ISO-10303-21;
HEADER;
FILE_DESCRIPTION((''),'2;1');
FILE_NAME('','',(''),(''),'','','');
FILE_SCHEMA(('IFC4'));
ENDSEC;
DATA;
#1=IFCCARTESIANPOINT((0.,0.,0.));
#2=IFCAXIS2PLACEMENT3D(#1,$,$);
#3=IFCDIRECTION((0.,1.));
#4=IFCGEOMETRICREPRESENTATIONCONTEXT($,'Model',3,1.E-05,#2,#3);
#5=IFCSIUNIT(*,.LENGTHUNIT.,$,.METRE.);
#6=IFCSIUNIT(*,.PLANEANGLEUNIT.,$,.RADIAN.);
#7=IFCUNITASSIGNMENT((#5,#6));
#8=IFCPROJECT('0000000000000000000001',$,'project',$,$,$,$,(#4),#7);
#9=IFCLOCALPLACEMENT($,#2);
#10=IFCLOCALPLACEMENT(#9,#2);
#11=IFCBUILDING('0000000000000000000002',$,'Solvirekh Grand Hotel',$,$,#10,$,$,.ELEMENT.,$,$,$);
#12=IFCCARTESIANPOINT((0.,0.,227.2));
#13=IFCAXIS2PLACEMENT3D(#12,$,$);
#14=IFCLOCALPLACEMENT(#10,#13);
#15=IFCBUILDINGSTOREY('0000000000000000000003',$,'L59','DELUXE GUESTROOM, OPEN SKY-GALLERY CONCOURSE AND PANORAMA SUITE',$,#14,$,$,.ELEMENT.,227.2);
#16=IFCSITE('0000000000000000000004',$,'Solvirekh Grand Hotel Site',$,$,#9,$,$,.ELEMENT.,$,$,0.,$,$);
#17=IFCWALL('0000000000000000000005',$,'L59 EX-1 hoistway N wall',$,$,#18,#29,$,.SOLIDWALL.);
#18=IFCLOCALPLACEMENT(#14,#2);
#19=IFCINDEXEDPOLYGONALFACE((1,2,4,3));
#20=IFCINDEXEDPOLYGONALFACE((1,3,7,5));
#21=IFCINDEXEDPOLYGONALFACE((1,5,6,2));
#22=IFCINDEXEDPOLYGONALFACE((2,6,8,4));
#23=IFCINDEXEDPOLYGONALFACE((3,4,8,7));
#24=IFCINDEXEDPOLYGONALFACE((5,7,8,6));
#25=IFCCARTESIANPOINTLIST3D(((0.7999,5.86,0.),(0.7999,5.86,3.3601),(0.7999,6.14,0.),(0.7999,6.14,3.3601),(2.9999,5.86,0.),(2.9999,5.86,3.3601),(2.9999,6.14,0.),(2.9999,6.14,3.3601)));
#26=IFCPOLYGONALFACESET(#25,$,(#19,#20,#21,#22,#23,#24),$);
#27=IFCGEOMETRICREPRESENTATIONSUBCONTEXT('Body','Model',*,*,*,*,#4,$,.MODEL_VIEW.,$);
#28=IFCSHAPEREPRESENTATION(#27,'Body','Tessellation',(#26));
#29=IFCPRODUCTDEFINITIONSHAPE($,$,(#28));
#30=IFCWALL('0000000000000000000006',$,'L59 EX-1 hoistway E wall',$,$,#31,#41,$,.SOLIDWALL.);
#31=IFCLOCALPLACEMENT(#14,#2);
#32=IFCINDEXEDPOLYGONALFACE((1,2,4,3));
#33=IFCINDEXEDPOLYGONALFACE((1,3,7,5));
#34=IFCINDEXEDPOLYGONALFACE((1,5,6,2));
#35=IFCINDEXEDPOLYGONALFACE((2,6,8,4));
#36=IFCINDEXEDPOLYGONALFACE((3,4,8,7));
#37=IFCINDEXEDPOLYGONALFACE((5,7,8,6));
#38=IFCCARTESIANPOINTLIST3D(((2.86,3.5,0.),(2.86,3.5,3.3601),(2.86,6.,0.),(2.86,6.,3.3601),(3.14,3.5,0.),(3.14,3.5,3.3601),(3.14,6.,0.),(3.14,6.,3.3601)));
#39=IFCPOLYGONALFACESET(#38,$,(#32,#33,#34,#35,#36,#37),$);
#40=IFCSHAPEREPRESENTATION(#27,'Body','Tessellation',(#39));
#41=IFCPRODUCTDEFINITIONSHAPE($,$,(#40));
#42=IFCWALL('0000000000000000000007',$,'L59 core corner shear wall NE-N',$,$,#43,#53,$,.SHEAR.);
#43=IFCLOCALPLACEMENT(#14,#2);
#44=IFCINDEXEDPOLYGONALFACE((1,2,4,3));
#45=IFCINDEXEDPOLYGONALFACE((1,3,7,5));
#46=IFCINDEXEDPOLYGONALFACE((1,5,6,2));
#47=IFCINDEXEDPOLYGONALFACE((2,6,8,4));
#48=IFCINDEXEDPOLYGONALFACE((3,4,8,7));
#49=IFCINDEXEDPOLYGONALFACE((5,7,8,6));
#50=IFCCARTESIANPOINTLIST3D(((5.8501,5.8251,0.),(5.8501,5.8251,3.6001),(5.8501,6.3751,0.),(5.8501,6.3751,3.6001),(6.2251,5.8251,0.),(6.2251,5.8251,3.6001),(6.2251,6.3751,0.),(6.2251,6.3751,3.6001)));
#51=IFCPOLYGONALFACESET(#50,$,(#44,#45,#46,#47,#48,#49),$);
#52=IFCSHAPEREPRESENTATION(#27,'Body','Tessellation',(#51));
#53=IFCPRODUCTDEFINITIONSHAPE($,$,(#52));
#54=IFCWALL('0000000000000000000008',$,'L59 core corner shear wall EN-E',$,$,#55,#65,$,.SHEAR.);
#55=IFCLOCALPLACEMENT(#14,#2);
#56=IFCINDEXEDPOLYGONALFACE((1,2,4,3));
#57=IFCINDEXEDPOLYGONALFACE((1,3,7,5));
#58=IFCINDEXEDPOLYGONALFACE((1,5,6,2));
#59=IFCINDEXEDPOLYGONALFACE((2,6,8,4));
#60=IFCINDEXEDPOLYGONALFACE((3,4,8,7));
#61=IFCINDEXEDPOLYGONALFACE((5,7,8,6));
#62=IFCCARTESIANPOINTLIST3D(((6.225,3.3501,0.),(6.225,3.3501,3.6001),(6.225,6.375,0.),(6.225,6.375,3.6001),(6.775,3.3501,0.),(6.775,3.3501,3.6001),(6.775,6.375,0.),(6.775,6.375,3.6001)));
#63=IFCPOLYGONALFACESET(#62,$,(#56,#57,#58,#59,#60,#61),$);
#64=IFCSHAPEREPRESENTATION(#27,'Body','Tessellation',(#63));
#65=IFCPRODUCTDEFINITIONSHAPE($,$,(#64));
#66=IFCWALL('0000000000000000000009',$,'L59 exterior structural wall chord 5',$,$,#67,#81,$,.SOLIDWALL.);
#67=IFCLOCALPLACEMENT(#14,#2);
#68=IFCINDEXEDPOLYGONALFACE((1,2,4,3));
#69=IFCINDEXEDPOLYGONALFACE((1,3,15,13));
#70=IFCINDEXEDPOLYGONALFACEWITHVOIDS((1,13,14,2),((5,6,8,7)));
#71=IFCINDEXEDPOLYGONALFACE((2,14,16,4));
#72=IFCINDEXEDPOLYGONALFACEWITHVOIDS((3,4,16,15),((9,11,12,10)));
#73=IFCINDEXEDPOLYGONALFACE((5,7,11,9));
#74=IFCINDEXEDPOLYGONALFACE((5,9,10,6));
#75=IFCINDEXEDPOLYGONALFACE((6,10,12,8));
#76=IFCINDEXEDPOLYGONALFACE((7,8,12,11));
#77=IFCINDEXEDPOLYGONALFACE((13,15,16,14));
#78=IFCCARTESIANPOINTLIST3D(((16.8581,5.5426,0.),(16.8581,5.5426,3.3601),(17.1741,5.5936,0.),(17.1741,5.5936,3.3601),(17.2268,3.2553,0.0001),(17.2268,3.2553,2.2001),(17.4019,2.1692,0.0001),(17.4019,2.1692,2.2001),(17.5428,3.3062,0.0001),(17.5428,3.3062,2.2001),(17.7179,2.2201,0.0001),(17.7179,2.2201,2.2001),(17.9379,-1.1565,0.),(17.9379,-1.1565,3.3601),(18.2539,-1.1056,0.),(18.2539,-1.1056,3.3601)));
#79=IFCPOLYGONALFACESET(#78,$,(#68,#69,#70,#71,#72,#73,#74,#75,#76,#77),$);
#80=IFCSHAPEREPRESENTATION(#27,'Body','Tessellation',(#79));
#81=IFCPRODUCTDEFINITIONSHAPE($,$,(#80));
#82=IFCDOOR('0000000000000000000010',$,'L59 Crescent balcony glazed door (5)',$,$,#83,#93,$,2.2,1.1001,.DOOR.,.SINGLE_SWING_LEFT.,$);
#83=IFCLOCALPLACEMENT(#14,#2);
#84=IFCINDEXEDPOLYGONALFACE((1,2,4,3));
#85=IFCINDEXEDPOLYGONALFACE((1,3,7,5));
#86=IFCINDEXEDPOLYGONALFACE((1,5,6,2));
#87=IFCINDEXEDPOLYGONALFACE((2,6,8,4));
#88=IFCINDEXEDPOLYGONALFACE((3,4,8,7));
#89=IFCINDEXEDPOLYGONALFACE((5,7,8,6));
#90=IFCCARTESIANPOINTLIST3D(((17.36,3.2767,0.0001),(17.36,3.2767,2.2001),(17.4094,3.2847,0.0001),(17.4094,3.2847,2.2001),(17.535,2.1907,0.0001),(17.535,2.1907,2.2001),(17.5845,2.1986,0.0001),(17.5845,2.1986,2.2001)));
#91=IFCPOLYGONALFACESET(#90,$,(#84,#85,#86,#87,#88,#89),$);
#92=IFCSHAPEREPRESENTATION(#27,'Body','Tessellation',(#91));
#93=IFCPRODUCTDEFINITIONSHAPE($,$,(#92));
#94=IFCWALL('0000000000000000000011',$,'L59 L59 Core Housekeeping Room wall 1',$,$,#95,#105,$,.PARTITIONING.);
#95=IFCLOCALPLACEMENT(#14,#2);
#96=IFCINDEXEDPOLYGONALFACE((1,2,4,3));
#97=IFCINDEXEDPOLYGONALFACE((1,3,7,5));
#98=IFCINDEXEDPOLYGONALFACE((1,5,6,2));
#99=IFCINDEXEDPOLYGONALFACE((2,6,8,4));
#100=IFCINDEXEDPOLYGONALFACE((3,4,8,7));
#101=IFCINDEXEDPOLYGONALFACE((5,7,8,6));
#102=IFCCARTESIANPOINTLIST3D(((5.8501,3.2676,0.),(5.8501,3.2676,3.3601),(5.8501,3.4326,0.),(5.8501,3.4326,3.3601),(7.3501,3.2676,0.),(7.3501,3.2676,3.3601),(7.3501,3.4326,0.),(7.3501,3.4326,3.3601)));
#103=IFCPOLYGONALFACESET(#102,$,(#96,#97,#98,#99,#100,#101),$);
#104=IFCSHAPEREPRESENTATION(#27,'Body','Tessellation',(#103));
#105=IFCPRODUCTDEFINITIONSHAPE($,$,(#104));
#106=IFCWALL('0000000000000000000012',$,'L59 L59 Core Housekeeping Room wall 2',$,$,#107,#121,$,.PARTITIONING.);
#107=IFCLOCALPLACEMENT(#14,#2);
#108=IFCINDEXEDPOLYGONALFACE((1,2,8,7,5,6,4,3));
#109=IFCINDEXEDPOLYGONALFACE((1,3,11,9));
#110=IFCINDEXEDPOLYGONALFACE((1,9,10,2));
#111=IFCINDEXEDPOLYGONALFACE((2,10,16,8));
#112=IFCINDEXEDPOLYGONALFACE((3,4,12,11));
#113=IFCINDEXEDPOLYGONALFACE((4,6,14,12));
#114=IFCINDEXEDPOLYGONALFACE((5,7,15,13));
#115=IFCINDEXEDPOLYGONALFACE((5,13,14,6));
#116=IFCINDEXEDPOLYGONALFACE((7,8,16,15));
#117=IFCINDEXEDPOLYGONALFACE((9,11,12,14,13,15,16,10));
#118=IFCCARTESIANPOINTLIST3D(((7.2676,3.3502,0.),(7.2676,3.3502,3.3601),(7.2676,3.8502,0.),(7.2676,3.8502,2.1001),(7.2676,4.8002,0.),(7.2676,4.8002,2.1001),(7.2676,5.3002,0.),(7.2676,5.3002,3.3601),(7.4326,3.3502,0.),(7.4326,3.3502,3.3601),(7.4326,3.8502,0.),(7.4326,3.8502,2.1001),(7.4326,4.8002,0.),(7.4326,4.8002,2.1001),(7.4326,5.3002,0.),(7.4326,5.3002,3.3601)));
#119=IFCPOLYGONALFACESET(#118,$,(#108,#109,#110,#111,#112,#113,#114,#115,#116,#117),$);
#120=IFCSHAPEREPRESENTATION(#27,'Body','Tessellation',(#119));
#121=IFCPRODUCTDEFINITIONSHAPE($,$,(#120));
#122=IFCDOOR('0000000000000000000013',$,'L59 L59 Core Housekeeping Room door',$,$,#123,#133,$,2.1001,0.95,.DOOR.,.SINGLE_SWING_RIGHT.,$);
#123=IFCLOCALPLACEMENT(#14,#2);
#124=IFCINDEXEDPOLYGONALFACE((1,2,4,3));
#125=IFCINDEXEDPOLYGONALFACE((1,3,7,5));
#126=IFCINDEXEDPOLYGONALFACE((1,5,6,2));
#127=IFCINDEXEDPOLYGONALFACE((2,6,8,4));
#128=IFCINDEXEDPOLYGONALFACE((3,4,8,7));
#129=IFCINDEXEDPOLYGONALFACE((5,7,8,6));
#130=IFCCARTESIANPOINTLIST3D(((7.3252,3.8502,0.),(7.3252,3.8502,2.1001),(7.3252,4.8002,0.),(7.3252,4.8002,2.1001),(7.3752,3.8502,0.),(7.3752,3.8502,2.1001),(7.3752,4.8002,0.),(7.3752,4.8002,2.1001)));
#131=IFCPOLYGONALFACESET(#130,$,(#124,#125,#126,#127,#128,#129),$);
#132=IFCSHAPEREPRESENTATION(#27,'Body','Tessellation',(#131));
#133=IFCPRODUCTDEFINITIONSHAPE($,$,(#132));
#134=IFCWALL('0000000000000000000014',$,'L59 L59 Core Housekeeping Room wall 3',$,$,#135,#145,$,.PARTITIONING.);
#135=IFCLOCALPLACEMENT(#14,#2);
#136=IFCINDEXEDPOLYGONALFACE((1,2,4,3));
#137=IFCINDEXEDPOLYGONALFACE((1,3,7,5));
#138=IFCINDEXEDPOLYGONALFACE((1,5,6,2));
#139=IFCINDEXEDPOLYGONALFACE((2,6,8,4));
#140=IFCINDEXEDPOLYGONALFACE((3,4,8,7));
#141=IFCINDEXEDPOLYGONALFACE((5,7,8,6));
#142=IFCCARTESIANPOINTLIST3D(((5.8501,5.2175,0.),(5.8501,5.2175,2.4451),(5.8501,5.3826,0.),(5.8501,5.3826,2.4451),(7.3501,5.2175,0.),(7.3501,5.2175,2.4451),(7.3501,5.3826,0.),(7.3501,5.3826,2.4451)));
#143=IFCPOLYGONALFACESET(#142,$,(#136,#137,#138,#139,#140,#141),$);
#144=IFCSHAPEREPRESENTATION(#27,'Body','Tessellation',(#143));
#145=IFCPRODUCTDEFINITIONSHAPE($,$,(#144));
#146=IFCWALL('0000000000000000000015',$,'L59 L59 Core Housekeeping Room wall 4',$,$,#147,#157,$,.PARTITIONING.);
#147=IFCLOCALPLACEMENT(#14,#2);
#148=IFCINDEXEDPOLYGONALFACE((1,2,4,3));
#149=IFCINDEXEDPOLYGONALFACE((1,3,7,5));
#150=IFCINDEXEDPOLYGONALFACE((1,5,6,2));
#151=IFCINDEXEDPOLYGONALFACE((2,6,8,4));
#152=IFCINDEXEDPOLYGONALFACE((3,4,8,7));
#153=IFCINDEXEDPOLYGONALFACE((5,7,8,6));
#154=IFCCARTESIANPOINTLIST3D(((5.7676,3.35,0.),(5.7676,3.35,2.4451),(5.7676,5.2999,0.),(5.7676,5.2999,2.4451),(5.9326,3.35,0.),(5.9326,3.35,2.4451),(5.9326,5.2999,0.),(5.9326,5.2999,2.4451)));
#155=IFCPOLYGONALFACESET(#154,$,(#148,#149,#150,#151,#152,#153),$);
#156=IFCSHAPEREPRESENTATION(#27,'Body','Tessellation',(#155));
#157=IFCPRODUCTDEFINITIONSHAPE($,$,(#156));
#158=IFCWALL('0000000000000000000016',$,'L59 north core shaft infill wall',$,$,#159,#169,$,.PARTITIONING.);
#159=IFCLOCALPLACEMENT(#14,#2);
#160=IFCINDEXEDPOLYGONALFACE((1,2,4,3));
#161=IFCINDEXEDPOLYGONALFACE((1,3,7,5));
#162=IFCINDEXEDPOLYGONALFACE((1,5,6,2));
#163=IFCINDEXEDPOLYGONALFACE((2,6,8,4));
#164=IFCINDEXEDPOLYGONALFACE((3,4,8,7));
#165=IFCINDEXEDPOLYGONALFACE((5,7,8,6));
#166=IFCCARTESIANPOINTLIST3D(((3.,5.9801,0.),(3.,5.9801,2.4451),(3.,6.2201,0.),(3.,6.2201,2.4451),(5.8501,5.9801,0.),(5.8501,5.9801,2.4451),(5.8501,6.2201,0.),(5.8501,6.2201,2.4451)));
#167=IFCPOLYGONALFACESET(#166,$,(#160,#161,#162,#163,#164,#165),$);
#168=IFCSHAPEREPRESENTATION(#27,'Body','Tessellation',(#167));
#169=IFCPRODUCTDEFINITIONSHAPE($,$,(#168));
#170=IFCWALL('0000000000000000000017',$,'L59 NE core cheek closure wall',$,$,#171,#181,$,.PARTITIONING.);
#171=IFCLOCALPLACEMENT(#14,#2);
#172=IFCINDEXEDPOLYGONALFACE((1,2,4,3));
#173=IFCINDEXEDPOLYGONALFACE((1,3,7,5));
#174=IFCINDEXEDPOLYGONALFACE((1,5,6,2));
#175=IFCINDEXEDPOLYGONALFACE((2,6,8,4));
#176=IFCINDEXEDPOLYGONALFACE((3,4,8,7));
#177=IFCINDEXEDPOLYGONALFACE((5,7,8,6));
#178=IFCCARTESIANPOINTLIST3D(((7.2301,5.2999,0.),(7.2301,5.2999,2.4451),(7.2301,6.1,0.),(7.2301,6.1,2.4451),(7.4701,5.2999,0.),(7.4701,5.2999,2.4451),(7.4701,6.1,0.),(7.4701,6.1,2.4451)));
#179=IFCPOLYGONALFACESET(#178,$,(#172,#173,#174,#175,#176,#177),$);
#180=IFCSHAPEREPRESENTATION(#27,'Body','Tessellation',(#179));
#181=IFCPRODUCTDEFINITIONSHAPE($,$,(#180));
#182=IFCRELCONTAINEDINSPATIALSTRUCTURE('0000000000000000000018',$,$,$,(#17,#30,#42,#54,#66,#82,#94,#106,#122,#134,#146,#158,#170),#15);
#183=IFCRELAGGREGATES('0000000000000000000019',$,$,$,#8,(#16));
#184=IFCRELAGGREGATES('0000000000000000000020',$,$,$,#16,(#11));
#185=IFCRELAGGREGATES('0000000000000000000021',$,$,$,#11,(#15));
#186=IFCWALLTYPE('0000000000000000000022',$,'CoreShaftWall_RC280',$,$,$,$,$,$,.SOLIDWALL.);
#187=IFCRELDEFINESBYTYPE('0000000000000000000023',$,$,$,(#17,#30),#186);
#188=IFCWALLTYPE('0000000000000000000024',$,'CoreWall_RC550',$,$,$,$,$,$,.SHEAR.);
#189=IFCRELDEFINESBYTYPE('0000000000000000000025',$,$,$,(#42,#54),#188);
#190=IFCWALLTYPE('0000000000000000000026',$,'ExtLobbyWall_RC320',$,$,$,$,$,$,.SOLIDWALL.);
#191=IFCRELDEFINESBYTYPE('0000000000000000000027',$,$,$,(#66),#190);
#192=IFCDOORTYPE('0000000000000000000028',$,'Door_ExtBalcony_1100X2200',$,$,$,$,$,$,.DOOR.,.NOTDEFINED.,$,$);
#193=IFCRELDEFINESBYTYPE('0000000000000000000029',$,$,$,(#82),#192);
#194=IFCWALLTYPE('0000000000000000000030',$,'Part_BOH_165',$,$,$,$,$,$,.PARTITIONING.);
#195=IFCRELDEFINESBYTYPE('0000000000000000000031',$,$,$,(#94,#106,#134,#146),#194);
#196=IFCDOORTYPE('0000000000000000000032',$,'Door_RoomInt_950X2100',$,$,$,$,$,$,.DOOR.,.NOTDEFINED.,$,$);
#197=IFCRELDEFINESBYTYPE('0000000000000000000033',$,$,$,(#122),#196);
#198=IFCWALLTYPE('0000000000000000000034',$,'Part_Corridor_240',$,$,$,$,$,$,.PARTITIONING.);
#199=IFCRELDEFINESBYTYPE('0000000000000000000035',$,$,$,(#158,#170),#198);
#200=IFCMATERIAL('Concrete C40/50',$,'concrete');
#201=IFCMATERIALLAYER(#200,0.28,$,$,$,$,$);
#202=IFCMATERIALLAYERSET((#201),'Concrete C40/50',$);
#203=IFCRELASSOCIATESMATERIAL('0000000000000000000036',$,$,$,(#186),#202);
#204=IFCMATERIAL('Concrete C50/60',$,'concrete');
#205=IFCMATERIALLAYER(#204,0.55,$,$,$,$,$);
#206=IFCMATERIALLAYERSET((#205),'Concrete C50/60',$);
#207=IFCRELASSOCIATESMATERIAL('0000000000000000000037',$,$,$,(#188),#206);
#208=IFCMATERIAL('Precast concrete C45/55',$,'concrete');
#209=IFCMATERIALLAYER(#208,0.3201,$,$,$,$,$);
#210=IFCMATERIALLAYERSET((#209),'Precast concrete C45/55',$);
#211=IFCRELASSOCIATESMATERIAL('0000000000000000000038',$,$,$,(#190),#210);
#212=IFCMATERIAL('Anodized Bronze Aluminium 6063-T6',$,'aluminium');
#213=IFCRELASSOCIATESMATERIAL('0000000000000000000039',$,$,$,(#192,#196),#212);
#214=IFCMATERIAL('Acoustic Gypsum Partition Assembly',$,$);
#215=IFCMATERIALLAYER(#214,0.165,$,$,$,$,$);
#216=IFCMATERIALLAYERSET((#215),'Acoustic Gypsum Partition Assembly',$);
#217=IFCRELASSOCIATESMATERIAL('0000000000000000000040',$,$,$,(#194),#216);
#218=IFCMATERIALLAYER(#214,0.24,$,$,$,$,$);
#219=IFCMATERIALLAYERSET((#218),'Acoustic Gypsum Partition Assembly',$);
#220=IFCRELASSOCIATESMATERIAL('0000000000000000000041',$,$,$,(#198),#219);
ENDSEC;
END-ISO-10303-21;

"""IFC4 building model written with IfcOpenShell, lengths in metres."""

from ifc_helpers import new_model, si_unit, direction, frame, frame_2d, origin, place, context, subcontext, project, spatial, rectangle, extrude, material, layer, layer_set, type_object, element, fill, save


model = new_model("IFC4")

# Units and contexts
model_context = context("Model", 3, precision=1e-05, world=origin(), true_north=direction((0.0, 1.0)))
body_context = subcontext(model_context, "Body", "Model", "MODEL_VIEW")
ifc_project = project(units=[si_unit("LENGTHUNIT", "METRE"), si_unit("PLANEANGLEUNIT", "RADIAN")], contexts=[model_context])

# Site, building, storey
site_placement = place(None, origin())
site = spatial("IfcSite", under=ifc_project, at=site_placement, Name="Solvirekh Grand Hotel Site", CompositionType="ELEMENT", RefElevation=0.0)
building_placement = place(site_placement, origin())
building = spatial("IfcBuilding", under=site, at=building_placement, Name="Solvirekh Grand Hotel", CompositionType="ELEMENT")
storey_placement = place(building_placement, frame((0.0, 0.0, 227.2)))
storey = spatial("IfcBuildingStorey", under=building, at=storey_placement, Name="L59", Description="DELUXE GUESTROOM, OPEN SKY-GALLERY CONCOURSE AND PANORAMA SUITE", CompositionType="ELEMENT", Elevation=227.2)

# Walls
ifc_material_1 = material(Name="Concrete C40/50", Category="concrete")
ifc_layer_1 = layer(ifc_material_1, 0.28)
ifc_layer_set_1 = layer_set([ifc_layer_1], Name="Concrete C40/50")
wall_type_1 = type_object("IfcWallType", Name="CoreShaftWall_RC280", PredefinedType="SOLIDWALL", material=ifc_layer_set_1)
wall_1_placement = place(storey_placement, frame((3.0, 6.0, 0.0), z_axis=(0.0, 0.0, 1.0), x_axis=(-1.0, 0.0, 0.0)))
element("IfcWall", 1, at=wall_1_placement, inside=storey, type_object=wall_type_1, Name="L59 EX-1 hoistway N wall", PredefinedType="SOLIDWALL", context=body_context, shape_type="SweptSolid", body=[
    extrude(rectangle(XDim=2.2, YDim=0.28, at=frame_2d((1.1001, 0.0))), origin(), (0.0, 0.0, 1.0), 3.3601),
])
wall_2_placement = place(storey_placement, frame((3.0, 3.5, 0.0), z_axis=(0.0, 0.0, 1.0), x_axis=(0.0, 1.0, 0.0)))
element("IfcWall", 2, at=wall_2_placement, inside=storey, type_object=wall_type_1, Name="L59 EX-1 hoistway E wall", PredefinedType="SOLIDWALL", context=body_context, shape_type="SweptSolid", body=[
    extrude(rectangle(XDim=2.5, YDim=0.28, at=frame_2d((1.25, 0.0))), origin(), (0.0, 0.0, 1.0), 3.3601),
])
ifc_material_2 = material(Name="Concrete C50/60", Category="concrete")
ifc_layer_2 = layer(ifc_material_2, 0.55)
ifc_layer_set_2 = layer_set([ifc_layer_2], Name="Concrete C50/60")
wall_type_2 = type_object("IfcWallType", Name="CoreWall_RC550", PredefinedType="SHEAR", material=ifc_layer_set_2)
wall_3_placement = place(storey_placement, frame((5.8501, 6.1001, 0.0), z_axis=(0.0, 0.0, 1.0), x_axis=(1.0, 0.0, 0.0)))
element("IfcWall", 3, at=wall_3_placement, inside=storey, type_object=wall_type_2, Name="L59 core corner shear wall NE-N", PredefinedType="SHEAR", context=body_context, shape_type="SweptSolid", body=[
    extrude(rectangle(XDim=0.375, YDim=0.55, at=frame_2d((0.1875, 0.0))), origin(), (0.0, 0.0, 1.0), 3.6001),
])
wall_4_placement = place(storey_placement, frame((6.5, 3.3501, 0.0), z_axis=(0.0, 0.0, 1.0), x_axis=(0.0, 1.0, 0.0)))
element("IfcWall", 4, at=wall_4_placement, inside=storey, type_object=wall_type_2, Name="L59 core corner shear wall EN-E", PredefinedType="SHEAR", context=body_context, shape_type="SweptSolid", body=[
    extrude(rectangle(XDim=3.0249, YDim=0.55, at=frame_2d((1.5125, 0.0))), origin(), (0.0, 0.0, 1.0), 3.6001),
])

# Wall, opening, door
ifc_material_3 = material(Name="Precast concrete C45/55", Category="concrete")
ifc_layer_3 = layer(ifc_material_3, 0.3201)
ifc_layer_set_3 = layer_set([ifc_layer_3], Name="Precast concrete C45/55")
wall_type_3 = type_object("IfcWallType", Name="ExtLobbyWall_RC320", PredefinedType="SOLIDWALL", material=ifc_layer_set_3)
wall_5_placement = place(storey_placement, frame((17.0161, 5.5681, 0.0), z_axis=(0.0, 0.0, 1.0), x_axis=(0.159134, -0.987257, 0.0)))
wall_5 = element("IfcWall", 5, at=wall_5_placement, inside=storey, type_object=wall_type_3, Name="L59 exterior structural wall chord 5", PredefinedType="SOLIDWALL", context=body_context, shape_type="SweptSolid", body=[
    extrude(rectangle(XDim=6.7856, YDim=0.3201, at=frame_2d((3.3928, 0.0))), origin(), (0.0, 0.0, 1.0), 3.3601),
])
opening_1_placement = place(wall_5_placement, frame((2.3169, 0.0, 0.0)))
opening_1 = element("IfcOpeningElement", 6, at=opening_1_placement, cuts=wall_5, PredefinedType="OPENING", context=body_context, shape_type="SweptSolid", body=[
    extrude(rectangle(XDim=1.1001, YDim=2.2, at=frame_2d((0.55, 1.1001))), frame((0.0, 0.1699, 0.0), z_axis=(0.0, -1.0, 0.0), x_axis=(1.0, 0.0, 0.0)), (0.0, 0.0, 1.0), 0.3401),
])
ifc_material_4 = material(Name="Anodized Bronze Aluminium 6063-T6", Category="aluminium")
door_type_1 = type_object("IfcDoorType", Name="Door_ExtBalcony_1100X2200", OperationType="NOTDEFINED", PredefinedType="DOOR", material=ifc_material_4)
door_1_placement = place(opening_1_placement, origin())
door_1 = element("IfcDoor", 7, at=door_1_placement, inside=storey, type_object=door_type_1, Name="L59 Crescent balcony glazed door (5)", OperationType="SINGLE_SWING_LEFT", OverallHeight=2.2, OverallWidth=1.1001, PredefinedType="DOOR", context=body_context, shape_type="SweptSolid", body=[
    extrude(rectangle(XDim=1.1001, YDim=2.2, at=frame_2d((0.55, 1.1001))), frame((0.0, 0.0249, 0.0), z_axis=(0.0, -1.0, 0.0), x_axis=(1.0, 0.0, 0.0)), (0.0, 0.0, 1.0), 0.05),
])
fill(opening_1, door_1)

# Wall
ifc_material_5 = material(Name="Acoustic Gypsum Partition Assembly")
ifc_layer_4 = layer(ifc_material_5, 0.165)
ifc_layer_set_4 = layer_set([ifc_layer_4], Name="Acoustic Gypsum Partition Assembly")
wall_type_4 = type_object("IfcWallType", Name="Part_BOH_165", PredefinedType="PARTITIONING", material=ifc_layer_set_4)
wall_6_placement = place(storey_placement, frame((5.8501, 3.3501, 0.0), z_axis=(0.0, 0.0, 1.0), x_axis=(1.0, 0.0, 0.0)))
element("IfcWall", 8, at=wall_6_placement, inside=storey, type_object=wall_type_4, Name="L59 L59 Core Housekeeping Room wall 1", PredefinedType="PARTITIONING", context=body_context, shape_type="SweptSolid", body=[
    extrude(rectangle(XDim=1.5, YDim=0.165, at=frame_2d((0.75, 0.0))), origin(), (0.0, 0.0, 1.0), 3.3601),
])

# Wall, opening, door
wall_7_placement = place(storey_placement, frame((7.3501, 3.3501, 0.0), z_axis=(0.0, 0.0, 1.0), x_axis=(0.0, 1.0, 0.0)))
wall_7 = element("IfcWall", 9, at=wall_7_placement, inside=storey, type_object=wall_type_4, Name="L59 L59 Core Housekeeping Room wall 2", PredefinedType="PARTITIONING", context=body_context, shape_type="SweptSolid", body=[
    extrude(rectangle(XDim=1.95, YDim=0.165, at=frame_2d((0.9751, 0.0))), origin(), (0.0, 0.0, 1.0), 3.3601),
])
opening_2_placement = place(wall_7_placement, frame((0.5, 0.0, 0.0)))
opening_2 = element("IfcOpeningElement", 10, at=opening_2_placement, cuts=wall_7, PredefinedType="OPENING", context=body_context, shape_type="SweptSolid", body=[
    extrude(rectangle(XDim=0.95, YDim=2.1001, at=frame_2d((0.4751, 1.05))), frame((0.0, 0.0925, 0.0), z_axis=(0.0, -1.0, 0.0), x_axis=(1.0, 0.0, 0.0)), (0.0, 0.0, 1.0), 0.1851),
])
door_type_2 = type_object("IfcDoorType", Name="Door_RoomInt_950X2100", OperationType="NOTDEFINED", PredefinedType="DOOR", material=ifc_material_4)
door_2_placement = place(opening_2_placement, origin())
door_2 = element("IfcDoor", 11, at=door_2_placement, inside=storey, type_object=door_type_2, Name="L59 L59 Core Housekeeping Room door", OperationType="SINGLE_SWING_RIGHT", OverallHeight=2.1001, OverallWidth=0.95, PredefinedType="DOOR", context=body_context, shape_type="SweptSolid", body=[
    extrude(rectangle(XDim=0.95, YDim=2.1001, at=frame_2d((0.4751, 1.05))), frame((0.0, 0.0249, 0.0), z_axis=(0.0, -1.0, 0.0), x_axis=(1.0, 0.0, 0.0)), (0.0, 0.0, 1.0), 0.05),
])
fill(opening_2, door_2)

# Walls
wall_8_placement = place(storey_placement, frame((7.3501, 5.3, 0.0), z_axis=(0.0, 0.0, 1.0), x_axis=(-1.0, 0.0, 0.0)))
element("IfcWall", 12, at=wall_8_placement, inside=storey, type_object=wall_type_4, Name="L59 L59 Core Housekeeping Room wall 3", PredefinedType="PARTITIONING", context=body_context, shape_type="SweptSolid", body=[
    extrude(rectangle(XDim=1.5, YDim=0.165, at=frame_2d((0.75, 0.0))), origin(), (0.0, 0.0, 1.0), 2.4451),
])
wall_9_placement = place(storey_placement, frame((5.8501, 5.3, 0.0), z_axis=(0.0, 0.0, 1.0), x_axis=(0.0, -1.0, 0.0)))
element("IfcWall", 13, at=wall_9_placement, inside=storey, type_object=wall_type_4, Name="L59 L59 Core Housekeeping Room wall 4", PredefinedType="PARTITIONING", context=body_context, shape_type="SweptSolid", body=[
    extrude(rectangle(XDim=1.95, YDim=0.165, at=frame_2d((0.9751, 0.0))), origin(), (0.0, 0.0, 1.0), 2.4451),
])
ifc_layer_5 = layer(ifc_material_5, 0.24)
ifc_layer_set_5 = layer_set([ifc_layer_5], Name="Acoustic Gypsum Partition Assembly")
wall_type_5 = type_object("IfcWallType", Name="Part_Corridor_240", PredefinedType="PARTITIONING", material=ifc_layer_set_5)
wall_10_placement = place(storey_placement, frame((3.0, 6.1001, 0.0), z_axis=(0.0, 0.0, 1.0), x_axis=(1.0, 0.0, 0.0)))
element("IfcWall", 14, at=wall_10_placement, inside=storey, type_object=wall_type_5, Name="L59 north core shaft infill wall", PredefinedType="PARTITIONING", context=body_context, shape_type="SweptSolid", body=[
    extrude(rectangle(XDim=2.8501, YDim=0.24, at=frame_2d((1.425, 0.0))), origin(), (0.0, 0.0, 1.0), 2.4451),
])
wall_11_placement = place(storey_placement, frame((7.3501, 5.3, 0.0), z_axis=(0.0, 0.0, 1.0), x_axis=(0.0, 1.0, 0.0)))
element("IfcWall", 15, at=wall_11_placement, inside=storey, type_object=wall_type_5, Name="L59 NE core cheek closure wall", PredefinedType="PARTITIONING", context=body_context, shape_type="SweptSolid", body=[
    extrude(rectangle(XDim=0.8, YDim=0.24, at=frame_2d((0.3999, 0.0))), origin(), (0.0, 0.0, 1.0), 2.4451),
])

save(model, "model.ifc")
